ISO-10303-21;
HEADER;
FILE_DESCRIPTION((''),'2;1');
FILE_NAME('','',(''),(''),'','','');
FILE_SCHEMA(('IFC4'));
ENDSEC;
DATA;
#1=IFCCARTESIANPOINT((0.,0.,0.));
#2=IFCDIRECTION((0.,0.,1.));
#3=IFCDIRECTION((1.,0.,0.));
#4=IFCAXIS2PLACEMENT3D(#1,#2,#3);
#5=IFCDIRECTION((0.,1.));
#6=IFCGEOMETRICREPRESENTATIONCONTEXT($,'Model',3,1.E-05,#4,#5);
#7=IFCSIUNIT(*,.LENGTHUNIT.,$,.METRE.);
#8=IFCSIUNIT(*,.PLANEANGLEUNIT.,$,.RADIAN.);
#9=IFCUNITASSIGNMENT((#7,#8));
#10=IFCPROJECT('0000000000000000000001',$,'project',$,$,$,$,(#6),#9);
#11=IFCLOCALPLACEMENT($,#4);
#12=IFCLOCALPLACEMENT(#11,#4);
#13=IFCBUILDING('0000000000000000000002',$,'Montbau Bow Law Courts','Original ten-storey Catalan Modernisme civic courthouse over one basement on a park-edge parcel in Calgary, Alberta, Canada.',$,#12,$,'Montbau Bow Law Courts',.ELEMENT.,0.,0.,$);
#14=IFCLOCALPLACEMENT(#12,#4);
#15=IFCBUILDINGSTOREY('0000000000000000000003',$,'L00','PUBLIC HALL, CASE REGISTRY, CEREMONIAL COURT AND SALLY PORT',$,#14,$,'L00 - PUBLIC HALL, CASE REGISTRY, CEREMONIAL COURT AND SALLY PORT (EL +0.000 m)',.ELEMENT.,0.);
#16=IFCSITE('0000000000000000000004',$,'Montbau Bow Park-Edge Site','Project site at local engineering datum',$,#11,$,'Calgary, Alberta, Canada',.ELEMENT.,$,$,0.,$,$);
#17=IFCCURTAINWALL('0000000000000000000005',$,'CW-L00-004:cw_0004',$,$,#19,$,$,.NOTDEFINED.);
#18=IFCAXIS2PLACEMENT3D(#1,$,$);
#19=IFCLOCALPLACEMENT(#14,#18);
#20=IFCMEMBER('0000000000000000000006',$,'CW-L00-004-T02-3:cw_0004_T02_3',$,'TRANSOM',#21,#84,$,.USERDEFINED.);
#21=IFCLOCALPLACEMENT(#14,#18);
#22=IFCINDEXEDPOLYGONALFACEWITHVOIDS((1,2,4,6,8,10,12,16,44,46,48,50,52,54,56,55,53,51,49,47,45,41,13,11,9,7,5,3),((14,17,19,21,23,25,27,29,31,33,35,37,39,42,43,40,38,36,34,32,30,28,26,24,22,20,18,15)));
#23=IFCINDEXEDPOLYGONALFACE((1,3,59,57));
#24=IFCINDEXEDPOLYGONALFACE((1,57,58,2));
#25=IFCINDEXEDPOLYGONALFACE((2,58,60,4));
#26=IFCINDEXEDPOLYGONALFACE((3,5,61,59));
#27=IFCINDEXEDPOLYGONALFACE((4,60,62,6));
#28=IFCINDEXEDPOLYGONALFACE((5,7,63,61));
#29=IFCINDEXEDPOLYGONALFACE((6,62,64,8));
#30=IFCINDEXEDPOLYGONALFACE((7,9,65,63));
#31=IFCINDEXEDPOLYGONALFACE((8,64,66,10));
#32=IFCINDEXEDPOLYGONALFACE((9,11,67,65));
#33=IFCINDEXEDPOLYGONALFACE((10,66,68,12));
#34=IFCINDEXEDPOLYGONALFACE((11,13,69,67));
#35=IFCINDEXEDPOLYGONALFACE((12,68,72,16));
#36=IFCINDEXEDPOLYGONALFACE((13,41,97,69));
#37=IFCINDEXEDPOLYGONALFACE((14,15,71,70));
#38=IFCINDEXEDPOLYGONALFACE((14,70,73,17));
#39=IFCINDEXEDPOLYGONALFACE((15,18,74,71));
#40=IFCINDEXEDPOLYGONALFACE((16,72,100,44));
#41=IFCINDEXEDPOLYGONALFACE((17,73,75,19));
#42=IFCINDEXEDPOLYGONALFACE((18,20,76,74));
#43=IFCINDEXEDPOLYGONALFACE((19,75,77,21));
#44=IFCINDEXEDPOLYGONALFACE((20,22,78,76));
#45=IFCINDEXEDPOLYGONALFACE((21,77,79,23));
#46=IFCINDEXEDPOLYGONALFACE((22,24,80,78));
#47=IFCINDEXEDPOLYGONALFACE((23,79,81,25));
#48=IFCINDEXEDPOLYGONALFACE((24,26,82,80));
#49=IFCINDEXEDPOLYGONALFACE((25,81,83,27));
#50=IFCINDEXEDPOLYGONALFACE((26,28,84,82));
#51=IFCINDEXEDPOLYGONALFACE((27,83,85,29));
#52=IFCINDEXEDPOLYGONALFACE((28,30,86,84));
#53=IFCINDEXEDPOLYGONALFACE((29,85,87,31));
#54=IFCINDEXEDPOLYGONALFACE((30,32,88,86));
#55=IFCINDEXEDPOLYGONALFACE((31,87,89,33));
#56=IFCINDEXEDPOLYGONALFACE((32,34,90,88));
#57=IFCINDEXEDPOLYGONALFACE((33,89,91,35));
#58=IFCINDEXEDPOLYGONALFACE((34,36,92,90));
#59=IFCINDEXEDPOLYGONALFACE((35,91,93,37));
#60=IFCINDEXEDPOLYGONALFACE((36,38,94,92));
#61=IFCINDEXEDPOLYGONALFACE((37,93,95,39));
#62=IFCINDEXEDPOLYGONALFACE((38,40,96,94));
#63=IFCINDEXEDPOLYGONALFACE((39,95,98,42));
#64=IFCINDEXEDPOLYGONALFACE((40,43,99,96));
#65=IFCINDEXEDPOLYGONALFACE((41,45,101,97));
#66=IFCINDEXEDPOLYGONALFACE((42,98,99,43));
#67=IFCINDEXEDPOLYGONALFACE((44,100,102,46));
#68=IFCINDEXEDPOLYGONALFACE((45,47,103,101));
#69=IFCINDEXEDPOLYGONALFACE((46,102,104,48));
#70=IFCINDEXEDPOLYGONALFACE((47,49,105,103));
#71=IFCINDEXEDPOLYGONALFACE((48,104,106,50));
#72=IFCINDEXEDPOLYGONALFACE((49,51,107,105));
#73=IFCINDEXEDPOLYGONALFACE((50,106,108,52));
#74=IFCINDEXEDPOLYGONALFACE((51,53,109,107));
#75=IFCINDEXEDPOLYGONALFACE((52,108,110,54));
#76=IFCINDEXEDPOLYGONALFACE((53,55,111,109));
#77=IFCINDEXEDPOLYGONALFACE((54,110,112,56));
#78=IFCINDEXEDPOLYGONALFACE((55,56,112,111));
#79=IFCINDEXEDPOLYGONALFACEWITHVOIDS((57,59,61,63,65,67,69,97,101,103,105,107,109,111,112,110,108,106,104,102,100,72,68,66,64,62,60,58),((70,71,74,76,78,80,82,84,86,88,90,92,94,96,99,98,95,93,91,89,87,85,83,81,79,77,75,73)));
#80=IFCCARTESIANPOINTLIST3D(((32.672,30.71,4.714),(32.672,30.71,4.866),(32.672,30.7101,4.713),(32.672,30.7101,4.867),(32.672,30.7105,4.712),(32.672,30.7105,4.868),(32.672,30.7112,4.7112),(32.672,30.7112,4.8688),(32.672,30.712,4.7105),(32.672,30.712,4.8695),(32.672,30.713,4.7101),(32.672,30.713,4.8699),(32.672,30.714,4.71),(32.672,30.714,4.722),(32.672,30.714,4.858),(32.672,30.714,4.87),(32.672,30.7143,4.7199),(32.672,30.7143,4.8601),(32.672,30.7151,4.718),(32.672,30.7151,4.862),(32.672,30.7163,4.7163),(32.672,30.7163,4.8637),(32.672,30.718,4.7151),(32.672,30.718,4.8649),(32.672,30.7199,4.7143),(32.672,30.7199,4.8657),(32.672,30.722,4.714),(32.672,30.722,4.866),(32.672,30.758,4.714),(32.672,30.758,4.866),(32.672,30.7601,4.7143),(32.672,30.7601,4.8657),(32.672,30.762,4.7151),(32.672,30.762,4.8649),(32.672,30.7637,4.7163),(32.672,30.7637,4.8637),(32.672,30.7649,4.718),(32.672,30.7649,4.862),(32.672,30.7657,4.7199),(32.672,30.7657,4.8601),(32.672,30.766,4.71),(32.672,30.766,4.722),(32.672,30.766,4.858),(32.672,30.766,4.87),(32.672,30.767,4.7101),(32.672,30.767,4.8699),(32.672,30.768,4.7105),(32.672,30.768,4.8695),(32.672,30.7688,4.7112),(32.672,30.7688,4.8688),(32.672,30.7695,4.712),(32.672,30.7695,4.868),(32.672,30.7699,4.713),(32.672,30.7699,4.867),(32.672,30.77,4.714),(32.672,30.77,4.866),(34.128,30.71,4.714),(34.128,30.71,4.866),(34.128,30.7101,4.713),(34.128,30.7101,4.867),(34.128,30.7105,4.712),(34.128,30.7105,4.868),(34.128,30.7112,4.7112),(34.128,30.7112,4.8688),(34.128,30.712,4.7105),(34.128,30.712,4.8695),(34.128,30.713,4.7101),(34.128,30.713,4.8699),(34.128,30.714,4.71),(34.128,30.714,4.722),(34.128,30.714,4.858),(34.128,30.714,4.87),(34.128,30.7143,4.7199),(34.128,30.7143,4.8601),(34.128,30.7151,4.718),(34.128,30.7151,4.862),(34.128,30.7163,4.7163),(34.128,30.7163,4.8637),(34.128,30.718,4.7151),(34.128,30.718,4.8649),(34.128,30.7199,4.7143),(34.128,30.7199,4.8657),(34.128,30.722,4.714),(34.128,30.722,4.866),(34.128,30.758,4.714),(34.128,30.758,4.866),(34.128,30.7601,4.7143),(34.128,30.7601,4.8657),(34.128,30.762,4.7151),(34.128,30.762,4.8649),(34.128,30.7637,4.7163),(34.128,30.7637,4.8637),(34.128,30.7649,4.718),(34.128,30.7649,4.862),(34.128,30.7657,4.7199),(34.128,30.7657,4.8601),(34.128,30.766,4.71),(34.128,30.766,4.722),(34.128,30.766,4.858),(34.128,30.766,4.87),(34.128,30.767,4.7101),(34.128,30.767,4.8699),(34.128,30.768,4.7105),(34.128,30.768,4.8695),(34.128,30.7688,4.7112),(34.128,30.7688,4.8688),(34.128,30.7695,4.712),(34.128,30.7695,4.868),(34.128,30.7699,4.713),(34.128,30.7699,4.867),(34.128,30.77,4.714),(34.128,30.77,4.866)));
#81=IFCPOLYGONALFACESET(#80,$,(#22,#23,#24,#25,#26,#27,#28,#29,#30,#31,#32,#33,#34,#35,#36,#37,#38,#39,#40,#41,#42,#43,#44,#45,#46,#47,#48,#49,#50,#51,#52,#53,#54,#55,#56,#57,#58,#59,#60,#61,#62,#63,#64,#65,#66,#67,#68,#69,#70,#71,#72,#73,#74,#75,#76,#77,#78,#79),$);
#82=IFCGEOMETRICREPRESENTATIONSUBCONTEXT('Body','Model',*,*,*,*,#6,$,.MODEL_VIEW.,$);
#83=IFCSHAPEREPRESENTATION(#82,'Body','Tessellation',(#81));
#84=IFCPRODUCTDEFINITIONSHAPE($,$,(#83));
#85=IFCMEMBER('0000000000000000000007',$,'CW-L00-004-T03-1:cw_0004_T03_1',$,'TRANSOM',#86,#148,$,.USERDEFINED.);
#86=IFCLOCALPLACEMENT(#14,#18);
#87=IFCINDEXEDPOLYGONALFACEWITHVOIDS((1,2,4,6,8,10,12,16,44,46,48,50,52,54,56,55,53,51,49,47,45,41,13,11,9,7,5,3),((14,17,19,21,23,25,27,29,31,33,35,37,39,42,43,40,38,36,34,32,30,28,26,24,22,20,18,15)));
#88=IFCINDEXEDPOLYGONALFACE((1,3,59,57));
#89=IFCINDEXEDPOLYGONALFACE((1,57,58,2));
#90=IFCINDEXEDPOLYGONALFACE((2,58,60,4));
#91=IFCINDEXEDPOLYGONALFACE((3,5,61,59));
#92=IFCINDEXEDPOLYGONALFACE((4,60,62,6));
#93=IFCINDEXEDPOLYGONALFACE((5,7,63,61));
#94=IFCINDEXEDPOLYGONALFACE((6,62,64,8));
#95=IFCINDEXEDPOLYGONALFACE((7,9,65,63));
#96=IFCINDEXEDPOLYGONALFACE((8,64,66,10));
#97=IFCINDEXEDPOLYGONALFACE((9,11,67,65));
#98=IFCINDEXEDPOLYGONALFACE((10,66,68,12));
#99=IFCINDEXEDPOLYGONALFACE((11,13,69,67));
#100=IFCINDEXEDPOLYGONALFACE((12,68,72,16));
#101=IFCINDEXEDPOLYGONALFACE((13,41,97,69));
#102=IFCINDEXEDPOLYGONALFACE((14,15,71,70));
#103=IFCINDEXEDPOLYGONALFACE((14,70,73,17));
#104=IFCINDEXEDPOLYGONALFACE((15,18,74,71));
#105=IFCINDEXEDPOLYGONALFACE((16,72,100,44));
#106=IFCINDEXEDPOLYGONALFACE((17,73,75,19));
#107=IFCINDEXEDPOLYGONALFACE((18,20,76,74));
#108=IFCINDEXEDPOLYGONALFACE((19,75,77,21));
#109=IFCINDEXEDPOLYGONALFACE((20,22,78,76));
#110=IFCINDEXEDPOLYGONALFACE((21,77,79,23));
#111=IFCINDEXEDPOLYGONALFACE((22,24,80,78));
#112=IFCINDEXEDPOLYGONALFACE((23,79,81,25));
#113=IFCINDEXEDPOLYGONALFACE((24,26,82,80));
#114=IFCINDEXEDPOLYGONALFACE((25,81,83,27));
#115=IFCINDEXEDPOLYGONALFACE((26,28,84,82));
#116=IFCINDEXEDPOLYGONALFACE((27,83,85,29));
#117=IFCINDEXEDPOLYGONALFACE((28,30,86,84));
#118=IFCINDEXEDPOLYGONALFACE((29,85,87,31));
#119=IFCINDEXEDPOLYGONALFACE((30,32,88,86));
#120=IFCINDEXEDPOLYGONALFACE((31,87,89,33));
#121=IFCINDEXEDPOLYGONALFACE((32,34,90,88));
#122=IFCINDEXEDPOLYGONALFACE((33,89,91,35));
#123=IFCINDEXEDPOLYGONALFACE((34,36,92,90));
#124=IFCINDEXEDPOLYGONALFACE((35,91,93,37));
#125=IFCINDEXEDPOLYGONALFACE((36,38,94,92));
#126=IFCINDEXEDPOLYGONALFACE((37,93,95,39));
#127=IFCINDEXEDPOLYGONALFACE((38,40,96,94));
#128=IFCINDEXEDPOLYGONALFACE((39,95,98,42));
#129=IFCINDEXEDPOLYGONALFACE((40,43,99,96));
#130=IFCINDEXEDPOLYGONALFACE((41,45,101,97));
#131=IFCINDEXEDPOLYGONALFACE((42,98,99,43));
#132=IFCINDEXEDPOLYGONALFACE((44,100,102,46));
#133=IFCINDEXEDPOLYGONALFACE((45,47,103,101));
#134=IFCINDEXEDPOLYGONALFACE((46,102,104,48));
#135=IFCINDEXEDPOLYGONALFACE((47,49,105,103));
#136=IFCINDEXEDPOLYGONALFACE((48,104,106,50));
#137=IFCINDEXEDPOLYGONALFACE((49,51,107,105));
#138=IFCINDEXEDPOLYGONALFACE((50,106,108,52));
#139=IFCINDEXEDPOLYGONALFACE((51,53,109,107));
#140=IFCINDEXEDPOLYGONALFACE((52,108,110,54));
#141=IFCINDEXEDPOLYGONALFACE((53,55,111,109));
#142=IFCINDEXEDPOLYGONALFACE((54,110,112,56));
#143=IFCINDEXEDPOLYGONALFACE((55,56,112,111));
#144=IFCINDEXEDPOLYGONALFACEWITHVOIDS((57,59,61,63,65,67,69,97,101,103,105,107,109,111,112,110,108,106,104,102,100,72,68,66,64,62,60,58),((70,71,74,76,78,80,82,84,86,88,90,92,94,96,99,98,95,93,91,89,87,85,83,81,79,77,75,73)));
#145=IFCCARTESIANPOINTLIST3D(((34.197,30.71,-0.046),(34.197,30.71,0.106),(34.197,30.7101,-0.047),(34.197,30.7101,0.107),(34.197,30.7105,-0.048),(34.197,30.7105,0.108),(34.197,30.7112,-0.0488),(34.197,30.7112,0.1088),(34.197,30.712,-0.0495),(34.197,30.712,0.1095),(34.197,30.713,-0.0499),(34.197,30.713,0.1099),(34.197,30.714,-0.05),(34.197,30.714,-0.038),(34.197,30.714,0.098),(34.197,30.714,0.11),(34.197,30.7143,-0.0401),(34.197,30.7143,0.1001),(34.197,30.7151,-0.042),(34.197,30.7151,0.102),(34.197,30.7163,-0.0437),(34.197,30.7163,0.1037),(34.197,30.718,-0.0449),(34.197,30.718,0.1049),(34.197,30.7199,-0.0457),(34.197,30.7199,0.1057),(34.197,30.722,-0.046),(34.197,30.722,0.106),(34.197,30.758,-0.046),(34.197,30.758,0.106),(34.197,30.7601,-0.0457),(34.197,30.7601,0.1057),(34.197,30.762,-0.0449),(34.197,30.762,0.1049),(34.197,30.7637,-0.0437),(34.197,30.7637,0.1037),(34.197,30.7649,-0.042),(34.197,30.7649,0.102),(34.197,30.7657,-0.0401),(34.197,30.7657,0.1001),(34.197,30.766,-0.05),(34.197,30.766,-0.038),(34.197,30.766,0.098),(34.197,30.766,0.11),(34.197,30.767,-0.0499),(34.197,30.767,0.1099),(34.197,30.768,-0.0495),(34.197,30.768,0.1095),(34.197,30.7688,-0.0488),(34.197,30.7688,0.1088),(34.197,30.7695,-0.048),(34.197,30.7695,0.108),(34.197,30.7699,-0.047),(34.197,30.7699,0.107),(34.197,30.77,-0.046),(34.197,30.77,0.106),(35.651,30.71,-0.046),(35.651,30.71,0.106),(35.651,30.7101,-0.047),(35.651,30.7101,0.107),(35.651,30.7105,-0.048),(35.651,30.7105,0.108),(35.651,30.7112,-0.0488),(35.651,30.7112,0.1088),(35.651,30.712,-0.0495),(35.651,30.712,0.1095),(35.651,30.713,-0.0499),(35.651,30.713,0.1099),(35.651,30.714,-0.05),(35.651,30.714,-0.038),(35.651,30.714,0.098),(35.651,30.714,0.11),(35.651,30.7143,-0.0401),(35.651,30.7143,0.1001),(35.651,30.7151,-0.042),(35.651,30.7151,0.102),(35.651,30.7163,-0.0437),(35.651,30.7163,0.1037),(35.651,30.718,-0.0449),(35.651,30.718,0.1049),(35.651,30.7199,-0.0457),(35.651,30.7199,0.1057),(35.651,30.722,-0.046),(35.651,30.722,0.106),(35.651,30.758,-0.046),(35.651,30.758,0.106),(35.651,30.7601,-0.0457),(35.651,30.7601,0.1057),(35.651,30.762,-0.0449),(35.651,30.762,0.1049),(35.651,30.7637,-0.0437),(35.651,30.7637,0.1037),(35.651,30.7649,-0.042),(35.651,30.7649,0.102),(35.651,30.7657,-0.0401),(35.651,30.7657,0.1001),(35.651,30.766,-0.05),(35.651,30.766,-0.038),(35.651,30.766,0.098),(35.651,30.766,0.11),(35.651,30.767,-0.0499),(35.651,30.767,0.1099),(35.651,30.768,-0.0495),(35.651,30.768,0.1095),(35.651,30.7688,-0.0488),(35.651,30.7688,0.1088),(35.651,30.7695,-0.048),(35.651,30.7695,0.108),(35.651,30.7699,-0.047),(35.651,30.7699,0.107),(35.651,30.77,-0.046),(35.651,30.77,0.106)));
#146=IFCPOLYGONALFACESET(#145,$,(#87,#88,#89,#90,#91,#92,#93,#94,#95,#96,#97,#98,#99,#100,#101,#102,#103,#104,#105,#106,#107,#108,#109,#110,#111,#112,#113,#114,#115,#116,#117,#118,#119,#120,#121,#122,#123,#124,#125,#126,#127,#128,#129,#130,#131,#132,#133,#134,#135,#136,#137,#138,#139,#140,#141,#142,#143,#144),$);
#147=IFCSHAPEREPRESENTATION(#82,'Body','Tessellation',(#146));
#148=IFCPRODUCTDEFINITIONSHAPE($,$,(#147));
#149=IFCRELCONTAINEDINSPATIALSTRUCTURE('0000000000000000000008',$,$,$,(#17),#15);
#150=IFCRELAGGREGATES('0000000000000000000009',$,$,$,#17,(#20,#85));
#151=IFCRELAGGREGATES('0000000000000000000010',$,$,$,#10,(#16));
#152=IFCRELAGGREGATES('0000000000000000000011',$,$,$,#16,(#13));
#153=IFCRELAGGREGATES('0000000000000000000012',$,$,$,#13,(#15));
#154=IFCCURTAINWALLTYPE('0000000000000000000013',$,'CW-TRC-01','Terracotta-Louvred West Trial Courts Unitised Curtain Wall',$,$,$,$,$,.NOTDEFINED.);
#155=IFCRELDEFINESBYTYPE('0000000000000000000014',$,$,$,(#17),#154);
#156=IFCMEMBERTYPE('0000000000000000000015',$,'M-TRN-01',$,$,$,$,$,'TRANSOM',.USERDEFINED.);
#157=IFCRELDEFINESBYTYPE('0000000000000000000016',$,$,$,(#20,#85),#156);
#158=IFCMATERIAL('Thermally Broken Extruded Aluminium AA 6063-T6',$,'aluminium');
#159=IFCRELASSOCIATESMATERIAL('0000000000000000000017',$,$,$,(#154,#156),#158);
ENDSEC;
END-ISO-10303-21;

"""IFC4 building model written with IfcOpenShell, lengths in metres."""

from ifc_helpers import new_model, si_unit, direction, frame, origin_with_axes, origin_2d_with_axis, place, context, subcontext, project, spatial, hollow_rectangle, extrude, material, material_profile, profile_set, type_object, element, aggregate, save


model = new_model("IFC4")

# Units and contexts
model_context = context("Model", 3, precision=1e-05, world=origin_with_axes(), true_north=direction((0.0, 1.0)))
body_context = subcontext(model_context, "Body", "Model", "MODEL_VIEW")
ifc_project = project(units=[si_unit("LENGTHUNIT", "METRE"), si_unit("PLANEANGLEUNIT", "RADIAN")], contexts=[model_context])

# Site, building, storey
site_placement = place(None, origin_with_axes())
site = spatial("IfcSite", under=ifc_project, at=site_placement, Name="Montbau Bow Park-Edge Site", Description="Project site at local engineering datum", LongName="Calgary, Alberta, Canada", CompositionType="ELEMENT", RefElevation=0.0)
building_placement = place(site_placement, origin_with_axes())
building = spatial("IfcBuilding", under=site, at=building_placement, Name="Montbau Bow Law Courts", Description="Original ten-storey Catalan Modernisme civic courthouse over one basement on a park-edge parcel in Calgary, Alberta, Canada.", LongName="Montbau Bow Law Courts", CompositionType="ELEMENT", ElevationOfRefHeight=0.0, ElevationOfTerrain=0.0)
storey_placement = place(building_placement, origin_with_axes())
storey = spatial("IfcBuildingStorey", under=building, at=storey_placement, Name="L00", Description="PUBLIC HALL, CASE REGISTRY, CEREMONIAL COURT AND SALLY PORT", LongName="L00 - PUBLIC HALL, CASE REGISTRY, CEREMONIAL COURT AND SALLY PORT (EL +0.000 m)", CompositionType="ELEMENT", Elevation=0.0)

# Curtain wall, members
ifc_material_1 = material(Name="Thermally Broken Extruded Aluminium AA 6063-T6", Category="aluminium")
curtain_wall_type = type_object("IfcCurtainWallType", Name="CW-TRC-01", Description="Terracotta-Louvred West Trial Courts Unitised Curtain Wall", PredefinedType="NOTDEFINED", material=ifc_material_1)
curtain_wall_placement = place(None, frame((31.115, 30.74, 0.0), z_axis=(0.0, 0.0, 1.0), x_axis=(1.0, 0.0, 0.0)))
curtain_wall = element("IfcCurtainWall", 1, at=curtain_wall_placement, inside=storey, type_object=curtain_wall_type, Name="CW-L00-004:cw_0004", PredefinedType="NOTDEFINED")
ifc_material_profile_1 = material_profile(ifc_material_1, hollow_rectangle(XDim=0.06, YDim=0.16, WallThickness=0.004, InnerFilletRadius=0.008, OuterFilletRadius=0.004, at=origin_2d_with_axis()), Name="CWT-160X60", Category="Main", Priority=0)
ifc_profile_set_1 = profile_set([ifc_material_profile_1], Name="Thermally Broken Extruded Aluminium AA 6063-T6")
member_type_1 = type_object("IfcMemberType", Name="M-TRN-01", ElementType="TRANSOM", PredefinedType="USERDEFINED", material=ifc_profile_set_1)
member_1_placement = place(None, frame((32.672, 30.74, 4.79), z_axis=(1.0, 0.0, 0.0), x_axis=(0.0, 1.0, 0.0)))
member_1 = element("IfcMember", 2, at=member_1_placement, type_object=member_type_1, Name="CW-L00-004-T02-3:cw_0004_T02_3", ObjectType="TRANSOM", PredefinedType="USERDEFINED", context=body_context, shape_type="SweptSolid", body=[
    extrude(hollow_rectangle(XDim=0.06, YDim=0.16, WallThickness=0.004, InnerFilletRadius=0.008, OuterFilletRadius=0.004, at=origin_2d_with_axis()), origin_with_axes(), (0.0, 0.0, 1.0), 1.456),
])
member_2_placement = place(None, frame((34.197, 30.74, 0.03), z_axis=(1.0, 0.0, 0.0), x_axis=(0.0, 1.0, 0.0)))
member_2 = element("IfcMember", 3, at=member_2_placement, type_object=member_type_1, Name="CW-L00-004-T03-1:cw_0004_T03_1", ObjectType="TRANSOM", PredefinedType="USERDEFINED", context=body_context, shape_type="SweptSolid", body=[
    extrude(hollow_rectangle(XDim=0.06, YDim=0.16, WallThickness=0.004, InnerFilletRadius=0.008, OuterFilletRadius=0.004, at=origin_2d_with_axis()), origin_with_axes(), (0.0, 0.0, 1.0), 1.454),
])
aggregate(curtain_wall, [member_1, member_2])

save(model, "model.ifc")
